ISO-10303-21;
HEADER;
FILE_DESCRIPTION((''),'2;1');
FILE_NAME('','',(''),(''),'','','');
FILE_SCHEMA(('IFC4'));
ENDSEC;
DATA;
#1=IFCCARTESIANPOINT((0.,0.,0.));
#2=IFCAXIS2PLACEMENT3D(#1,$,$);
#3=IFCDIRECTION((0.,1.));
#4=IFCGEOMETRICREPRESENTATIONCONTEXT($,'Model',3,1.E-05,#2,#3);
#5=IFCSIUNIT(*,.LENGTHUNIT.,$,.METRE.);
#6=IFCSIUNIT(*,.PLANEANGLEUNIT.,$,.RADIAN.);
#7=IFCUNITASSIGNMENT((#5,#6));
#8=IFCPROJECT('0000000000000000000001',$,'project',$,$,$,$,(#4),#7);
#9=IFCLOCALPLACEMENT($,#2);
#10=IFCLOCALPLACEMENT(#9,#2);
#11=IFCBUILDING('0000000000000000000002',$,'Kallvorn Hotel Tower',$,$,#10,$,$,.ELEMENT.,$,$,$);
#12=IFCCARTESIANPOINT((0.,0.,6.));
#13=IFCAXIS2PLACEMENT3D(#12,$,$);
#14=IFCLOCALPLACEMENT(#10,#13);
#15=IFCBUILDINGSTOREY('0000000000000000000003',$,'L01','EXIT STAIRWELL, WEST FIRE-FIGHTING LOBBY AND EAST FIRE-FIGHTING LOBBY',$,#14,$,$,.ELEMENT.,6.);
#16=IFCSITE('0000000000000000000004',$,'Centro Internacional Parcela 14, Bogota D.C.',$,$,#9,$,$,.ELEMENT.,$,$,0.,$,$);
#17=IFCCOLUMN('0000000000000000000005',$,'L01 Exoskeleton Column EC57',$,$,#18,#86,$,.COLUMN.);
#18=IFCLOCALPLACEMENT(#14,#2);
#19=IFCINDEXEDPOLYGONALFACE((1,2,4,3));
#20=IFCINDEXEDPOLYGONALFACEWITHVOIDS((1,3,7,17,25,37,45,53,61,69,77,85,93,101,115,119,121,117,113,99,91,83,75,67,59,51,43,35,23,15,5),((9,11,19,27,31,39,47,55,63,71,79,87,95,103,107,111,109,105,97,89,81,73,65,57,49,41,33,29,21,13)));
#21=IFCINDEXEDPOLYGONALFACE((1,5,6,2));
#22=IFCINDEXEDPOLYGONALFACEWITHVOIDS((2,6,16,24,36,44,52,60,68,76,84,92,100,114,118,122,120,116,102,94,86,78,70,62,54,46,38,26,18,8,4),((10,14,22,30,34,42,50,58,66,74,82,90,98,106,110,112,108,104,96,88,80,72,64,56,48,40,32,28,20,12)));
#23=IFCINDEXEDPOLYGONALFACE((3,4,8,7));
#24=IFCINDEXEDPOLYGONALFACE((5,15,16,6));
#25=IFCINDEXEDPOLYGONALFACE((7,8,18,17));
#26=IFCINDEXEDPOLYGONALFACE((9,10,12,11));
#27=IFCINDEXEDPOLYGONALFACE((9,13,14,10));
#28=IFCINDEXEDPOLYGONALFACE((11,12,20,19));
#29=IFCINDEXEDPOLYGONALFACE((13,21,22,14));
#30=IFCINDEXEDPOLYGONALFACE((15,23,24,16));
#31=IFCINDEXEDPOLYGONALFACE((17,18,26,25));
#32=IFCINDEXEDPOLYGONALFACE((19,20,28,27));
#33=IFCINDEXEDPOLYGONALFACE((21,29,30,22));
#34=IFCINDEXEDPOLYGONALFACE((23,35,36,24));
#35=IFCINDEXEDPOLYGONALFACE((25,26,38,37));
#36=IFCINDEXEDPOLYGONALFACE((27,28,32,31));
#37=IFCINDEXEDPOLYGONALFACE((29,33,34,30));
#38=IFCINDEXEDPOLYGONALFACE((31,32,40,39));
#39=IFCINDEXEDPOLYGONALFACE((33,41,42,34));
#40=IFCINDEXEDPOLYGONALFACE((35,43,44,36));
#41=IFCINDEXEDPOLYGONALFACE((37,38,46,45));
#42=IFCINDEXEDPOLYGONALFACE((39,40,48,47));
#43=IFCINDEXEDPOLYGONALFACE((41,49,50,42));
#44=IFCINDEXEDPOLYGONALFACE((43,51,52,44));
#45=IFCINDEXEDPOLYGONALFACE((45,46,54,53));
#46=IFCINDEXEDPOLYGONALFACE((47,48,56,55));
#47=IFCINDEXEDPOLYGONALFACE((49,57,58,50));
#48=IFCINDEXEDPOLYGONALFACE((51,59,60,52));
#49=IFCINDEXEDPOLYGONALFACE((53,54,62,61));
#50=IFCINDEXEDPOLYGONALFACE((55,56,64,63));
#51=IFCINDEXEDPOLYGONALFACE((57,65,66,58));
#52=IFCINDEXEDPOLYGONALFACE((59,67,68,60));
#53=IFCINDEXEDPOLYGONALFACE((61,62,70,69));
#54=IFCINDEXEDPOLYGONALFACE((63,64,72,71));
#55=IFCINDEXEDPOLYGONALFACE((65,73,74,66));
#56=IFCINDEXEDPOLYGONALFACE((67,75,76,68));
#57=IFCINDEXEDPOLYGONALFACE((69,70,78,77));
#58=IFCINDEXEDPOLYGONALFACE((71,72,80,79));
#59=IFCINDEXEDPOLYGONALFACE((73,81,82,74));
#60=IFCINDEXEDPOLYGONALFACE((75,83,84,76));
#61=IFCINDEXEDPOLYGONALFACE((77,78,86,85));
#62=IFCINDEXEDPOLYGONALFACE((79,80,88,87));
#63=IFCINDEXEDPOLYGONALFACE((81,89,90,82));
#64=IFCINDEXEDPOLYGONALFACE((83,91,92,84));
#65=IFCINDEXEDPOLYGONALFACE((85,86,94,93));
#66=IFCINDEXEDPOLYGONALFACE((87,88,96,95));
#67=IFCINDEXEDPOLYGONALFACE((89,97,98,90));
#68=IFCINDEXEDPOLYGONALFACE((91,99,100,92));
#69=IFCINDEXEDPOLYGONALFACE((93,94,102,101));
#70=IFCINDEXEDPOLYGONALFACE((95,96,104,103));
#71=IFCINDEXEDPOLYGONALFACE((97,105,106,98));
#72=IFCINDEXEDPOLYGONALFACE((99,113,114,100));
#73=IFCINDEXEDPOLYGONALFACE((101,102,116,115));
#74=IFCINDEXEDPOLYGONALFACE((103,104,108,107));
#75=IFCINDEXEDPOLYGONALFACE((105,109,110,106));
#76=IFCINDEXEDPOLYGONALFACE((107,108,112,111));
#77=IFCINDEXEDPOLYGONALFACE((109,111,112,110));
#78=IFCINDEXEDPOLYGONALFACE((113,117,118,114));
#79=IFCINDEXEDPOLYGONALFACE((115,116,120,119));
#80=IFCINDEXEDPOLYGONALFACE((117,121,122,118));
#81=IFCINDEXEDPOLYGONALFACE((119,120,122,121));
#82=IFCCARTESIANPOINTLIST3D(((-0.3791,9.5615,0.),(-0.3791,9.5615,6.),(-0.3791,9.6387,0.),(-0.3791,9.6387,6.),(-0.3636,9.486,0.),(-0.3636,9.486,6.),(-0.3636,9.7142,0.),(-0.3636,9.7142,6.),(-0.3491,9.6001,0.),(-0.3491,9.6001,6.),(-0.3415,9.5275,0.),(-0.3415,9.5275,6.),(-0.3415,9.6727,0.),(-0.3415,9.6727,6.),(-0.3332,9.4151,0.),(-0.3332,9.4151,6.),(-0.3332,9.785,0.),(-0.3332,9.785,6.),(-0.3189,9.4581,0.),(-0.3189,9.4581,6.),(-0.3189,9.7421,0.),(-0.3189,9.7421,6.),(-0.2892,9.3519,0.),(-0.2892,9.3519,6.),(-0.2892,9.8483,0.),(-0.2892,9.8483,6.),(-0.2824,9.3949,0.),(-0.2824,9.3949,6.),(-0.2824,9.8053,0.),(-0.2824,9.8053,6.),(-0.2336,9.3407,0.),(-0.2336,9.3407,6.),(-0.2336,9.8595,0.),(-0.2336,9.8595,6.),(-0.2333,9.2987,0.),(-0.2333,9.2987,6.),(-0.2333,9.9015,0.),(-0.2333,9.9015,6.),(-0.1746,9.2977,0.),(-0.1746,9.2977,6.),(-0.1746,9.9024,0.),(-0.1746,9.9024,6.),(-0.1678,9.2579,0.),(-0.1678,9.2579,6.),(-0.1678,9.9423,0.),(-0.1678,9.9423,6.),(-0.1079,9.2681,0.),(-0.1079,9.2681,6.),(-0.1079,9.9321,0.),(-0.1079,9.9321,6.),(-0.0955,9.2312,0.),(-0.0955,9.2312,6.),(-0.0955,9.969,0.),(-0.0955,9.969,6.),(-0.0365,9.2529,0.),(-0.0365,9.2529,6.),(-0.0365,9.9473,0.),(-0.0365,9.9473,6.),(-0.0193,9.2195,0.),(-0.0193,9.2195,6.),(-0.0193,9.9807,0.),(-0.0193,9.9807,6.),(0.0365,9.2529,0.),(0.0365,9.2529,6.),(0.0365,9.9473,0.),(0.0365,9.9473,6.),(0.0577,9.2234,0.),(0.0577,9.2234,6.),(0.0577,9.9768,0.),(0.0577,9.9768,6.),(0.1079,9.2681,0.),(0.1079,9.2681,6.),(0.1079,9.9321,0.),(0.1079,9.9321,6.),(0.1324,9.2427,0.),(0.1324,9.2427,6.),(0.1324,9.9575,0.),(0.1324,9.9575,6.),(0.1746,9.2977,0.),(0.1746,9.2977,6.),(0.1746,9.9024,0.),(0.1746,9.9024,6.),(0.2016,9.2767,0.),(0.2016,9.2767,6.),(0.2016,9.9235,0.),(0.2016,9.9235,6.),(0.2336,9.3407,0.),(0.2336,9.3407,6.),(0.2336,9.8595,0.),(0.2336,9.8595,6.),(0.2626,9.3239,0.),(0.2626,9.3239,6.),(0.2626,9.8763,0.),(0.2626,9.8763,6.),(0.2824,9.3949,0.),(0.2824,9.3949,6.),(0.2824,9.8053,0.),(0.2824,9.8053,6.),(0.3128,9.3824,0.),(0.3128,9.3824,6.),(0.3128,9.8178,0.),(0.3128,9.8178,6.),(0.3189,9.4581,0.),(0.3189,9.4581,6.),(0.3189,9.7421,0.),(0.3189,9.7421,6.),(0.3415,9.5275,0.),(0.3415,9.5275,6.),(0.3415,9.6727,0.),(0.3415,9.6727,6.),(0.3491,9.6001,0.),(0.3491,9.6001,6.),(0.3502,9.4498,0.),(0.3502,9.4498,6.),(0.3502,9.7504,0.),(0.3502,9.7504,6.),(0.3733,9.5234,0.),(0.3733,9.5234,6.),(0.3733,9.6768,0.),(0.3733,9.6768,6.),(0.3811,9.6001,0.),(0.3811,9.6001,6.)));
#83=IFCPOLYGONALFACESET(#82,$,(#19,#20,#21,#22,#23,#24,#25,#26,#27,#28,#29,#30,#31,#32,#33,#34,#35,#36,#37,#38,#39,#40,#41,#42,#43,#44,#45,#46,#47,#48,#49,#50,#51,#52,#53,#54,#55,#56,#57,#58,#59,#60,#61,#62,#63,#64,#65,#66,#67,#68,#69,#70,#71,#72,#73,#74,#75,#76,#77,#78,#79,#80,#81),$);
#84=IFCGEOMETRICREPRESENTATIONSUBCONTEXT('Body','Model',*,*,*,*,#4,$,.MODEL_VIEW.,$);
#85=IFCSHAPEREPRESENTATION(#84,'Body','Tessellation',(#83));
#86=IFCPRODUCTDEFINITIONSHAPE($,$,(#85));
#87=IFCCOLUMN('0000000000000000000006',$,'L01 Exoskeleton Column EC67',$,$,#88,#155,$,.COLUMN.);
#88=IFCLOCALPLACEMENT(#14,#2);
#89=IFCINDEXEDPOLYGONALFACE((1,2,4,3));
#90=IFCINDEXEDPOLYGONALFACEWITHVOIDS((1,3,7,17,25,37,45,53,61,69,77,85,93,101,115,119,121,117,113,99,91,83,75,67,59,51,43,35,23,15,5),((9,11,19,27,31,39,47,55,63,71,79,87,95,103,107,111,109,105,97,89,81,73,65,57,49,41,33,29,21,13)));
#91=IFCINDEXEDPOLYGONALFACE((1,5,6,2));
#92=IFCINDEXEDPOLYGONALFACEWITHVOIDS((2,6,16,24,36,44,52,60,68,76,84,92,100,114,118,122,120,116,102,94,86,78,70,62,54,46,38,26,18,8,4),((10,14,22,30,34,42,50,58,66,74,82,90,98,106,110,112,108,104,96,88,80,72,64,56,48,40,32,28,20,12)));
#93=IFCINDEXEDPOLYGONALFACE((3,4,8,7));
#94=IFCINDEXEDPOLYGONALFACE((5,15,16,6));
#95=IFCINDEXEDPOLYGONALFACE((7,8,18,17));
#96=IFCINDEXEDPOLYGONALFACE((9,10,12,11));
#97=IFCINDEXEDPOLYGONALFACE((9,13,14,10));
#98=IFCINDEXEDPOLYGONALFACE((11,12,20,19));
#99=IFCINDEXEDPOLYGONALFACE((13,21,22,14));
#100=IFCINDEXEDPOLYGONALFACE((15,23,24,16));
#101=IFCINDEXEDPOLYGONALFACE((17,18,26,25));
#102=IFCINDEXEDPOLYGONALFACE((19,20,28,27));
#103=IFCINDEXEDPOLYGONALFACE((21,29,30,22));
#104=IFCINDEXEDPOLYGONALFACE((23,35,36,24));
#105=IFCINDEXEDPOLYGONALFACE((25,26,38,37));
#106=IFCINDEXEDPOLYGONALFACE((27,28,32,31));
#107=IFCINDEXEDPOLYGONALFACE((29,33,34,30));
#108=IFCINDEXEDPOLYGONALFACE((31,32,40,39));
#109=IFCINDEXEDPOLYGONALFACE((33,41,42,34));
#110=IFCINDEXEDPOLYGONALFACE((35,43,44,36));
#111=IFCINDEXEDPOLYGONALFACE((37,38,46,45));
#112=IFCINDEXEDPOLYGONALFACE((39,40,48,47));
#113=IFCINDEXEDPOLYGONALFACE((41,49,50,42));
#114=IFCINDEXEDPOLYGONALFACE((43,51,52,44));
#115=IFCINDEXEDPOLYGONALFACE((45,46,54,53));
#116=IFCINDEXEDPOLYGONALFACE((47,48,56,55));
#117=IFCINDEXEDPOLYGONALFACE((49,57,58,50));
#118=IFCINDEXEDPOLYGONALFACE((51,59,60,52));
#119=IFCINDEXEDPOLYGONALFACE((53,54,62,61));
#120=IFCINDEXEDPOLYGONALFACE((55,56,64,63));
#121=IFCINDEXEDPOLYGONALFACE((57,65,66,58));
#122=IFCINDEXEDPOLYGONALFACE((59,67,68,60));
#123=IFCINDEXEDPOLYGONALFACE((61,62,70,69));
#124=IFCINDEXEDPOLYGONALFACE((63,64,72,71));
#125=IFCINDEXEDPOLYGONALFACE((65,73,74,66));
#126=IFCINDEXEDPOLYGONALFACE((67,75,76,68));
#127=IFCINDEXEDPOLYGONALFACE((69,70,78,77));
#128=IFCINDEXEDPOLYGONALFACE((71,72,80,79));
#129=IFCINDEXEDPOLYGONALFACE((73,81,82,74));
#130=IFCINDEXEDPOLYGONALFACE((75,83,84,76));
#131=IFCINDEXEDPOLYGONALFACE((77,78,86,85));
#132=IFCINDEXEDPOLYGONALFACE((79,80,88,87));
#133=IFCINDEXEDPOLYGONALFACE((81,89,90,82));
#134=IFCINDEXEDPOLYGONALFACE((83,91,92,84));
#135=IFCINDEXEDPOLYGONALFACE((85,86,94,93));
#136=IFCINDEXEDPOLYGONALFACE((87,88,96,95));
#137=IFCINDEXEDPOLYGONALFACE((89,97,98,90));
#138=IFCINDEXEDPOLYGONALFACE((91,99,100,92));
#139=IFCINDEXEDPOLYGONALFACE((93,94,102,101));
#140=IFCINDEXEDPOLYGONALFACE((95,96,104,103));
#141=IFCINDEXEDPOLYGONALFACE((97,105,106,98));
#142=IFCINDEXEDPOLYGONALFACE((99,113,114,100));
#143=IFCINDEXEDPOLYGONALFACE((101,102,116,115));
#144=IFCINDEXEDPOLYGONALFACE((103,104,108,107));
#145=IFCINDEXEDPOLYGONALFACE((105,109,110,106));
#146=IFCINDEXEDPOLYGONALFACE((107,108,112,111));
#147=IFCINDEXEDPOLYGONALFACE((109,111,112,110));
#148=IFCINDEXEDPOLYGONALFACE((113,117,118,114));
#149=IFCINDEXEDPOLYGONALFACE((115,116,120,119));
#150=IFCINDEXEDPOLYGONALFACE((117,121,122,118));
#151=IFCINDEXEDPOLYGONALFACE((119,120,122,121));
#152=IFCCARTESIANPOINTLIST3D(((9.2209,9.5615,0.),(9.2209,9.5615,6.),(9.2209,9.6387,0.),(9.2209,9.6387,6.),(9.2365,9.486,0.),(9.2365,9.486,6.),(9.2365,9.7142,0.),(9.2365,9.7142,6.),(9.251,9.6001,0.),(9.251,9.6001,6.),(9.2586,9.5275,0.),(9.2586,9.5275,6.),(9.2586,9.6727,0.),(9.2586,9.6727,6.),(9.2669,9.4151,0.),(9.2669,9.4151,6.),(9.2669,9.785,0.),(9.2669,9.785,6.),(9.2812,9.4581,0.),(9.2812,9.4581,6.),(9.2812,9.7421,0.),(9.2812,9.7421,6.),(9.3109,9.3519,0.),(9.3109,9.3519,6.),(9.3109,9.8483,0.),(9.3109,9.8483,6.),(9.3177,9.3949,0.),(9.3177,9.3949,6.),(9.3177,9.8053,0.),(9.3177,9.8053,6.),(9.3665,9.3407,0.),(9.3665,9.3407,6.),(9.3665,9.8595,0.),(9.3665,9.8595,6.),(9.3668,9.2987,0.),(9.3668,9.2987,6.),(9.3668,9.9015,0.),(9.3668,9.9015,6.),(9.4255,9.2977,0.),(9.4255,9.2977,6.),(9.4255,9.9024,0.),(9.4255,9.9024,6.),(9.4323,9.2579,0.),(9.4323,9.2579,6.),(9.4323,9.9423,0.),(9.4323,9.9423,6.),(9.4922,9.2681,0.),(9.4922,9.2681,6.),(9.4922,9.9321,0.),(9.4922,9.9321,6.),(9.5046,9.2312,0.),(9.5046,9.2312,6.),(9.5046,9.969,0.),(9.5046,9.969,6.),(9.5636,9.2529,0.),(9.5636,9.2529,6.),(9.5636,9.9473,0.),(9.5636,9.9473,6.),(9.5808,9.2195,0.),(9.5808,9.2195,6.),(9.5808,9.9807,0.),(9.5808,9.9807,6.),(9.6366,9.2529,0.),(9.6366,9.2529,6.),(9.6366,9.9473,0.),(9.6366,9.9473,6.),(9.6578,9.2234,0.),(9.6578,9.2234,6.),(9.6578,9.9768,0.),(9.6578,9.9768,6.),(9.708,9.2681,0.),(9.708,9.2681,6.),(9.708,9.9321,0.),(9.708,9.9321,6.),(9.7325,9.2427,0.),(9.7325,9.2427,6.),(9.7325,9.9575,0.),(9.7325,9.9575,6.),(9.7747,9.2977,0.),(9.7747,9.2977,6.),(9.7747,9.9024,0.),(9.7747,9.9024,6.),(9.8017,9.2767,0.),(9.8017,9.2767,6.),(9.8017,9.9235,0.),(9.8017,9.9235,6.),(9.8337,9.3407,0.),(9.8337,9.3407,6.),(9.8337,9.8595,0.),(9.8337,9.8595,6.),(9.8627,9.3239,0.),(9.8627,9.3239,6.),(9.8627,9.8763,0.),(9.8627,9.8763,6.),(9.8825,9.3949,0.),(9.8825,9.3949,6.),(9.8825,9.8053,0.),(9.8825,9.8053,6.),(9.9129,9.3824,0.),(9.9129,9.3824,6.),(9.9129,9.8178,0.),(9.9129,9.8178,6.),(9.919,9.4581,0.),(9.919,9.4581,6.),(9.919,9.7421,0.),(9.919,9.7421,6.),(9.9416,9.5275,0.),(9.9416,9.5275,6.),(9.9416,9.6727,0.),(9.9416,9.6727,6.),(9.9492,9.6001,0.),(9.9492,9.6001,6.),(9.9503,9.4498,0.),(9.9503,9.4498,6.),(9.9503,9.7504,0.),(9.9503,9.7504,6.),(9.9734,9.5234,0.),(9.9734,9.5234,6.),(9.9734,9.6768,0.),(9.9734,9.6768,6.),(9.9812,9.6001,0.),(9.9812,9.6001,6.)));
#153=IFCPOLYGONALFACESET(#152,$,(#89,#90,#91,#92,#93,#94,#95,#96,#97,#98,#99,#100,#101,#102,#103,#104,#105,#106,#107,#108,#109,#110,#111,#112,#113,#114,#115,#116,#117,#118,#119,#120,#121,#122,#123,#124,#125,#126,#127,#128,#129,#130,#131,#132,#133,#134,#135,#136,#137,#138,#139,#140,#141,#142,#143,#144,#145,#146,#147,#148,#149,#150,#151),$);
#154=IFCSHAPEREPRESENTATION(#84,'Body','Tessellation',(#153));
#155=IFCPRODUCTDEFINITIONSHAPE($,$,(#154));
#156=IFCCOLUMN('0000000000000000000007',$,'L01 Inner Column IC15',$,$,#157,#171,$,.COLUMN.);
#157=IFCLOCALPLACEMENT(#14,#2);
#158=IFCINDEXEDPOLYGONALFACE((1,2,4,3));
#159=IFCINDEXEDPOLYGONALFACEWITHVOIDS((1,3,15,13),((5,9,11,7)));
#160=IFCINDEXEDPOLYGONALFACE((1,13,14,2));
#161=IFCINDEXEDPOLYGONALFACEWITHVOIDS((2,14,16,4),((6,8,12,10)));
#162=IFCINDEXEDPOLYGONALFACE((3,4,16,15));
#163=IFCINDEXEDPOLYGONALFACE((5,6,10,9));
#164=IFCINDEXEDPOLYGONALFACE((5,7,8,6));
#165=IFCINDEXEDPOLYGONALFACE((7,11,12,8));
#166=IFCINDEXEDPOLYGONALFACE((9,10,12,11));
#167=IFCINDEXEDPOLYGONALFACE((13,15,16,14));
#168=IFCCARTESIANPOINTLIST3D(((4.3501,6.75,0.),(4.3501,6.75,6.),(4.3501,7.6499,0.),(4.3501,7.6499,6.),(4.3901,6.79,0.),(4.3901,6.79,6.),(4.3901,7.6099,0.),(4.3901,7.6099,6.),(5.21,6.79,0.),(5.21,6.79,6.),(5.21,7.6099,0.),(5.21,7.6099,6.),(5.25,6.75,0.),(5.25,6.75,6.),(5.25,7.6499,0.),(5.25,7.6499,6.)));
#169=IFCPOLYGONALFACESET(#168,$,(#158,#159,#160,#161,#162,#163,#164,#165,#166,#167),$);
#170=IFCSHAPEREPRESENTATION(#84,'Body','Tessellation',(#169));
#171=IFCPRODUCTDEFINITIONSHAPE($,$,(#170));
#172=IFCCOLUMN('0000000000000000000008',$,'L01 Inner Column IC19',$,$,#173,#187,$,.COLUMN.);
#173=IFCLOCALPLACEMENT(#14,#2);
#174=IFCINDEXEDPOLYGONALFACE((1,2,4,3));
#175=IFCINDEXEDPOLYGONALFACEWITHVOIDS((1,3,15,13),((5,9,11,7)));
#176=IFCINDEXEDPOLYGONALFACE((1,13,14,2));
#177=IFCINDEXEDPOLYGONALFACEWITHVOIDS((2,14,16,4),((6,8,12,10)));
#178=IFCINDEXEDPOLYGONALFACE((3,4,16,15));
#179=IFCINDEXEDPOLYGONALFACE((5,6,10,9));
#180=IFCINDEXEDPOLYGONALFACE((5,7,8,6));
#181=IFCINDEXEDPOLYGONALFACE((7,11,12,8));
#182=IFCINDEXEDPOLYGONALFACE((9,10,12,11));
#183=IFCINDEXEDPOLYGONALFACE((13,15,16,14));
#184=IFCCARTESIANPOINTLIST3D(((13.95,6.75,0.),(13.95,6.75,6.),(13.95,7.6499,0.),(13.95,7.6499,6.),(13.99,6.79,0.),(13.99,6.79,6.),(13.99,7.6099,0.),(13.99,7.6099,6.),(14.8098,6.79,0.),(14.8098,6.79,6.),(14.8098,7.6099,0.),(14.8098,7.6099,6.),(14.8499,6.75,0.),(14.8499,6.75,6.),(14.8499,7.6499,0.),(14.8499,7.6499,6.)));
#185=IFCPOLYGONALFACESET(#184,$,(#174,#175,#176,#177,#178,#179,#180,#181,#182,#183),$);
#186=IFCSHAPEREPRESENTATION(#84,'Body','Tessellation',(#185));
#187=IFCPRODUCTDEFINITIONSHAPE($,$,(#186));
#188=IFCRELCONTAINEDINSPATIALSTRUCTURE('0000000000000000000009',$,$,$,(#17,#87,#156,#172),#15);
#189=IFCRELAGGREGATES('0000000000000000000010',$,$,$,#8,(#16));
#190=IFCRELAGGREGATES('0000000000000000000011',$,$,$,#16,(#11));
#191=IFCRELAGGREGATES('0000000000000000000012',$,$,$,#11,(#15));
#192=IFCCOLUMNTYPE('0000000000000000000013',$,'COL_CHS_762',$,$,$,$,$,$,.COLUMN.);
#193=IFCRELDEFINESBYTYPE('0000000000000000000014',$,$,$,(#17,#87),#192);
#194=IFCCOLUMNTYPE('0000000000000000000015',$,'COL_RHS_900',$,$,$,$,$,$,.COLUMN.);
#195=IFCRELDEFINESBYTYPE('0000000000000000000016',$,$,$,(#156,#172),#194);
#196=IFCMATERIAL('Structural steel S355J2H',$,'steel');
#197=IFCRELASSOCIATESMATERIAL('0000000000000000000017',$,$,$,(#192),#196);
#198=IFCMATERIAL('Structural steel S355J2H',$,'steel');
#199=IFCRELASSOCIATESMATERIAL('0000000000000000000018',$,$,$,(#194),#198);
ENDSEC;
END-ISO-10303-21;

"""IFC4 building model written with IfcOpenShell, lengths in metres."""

from ifc_helpers import new_model, si_unit, direction, frame, origin, origin_2d, place, context, subcontext, project, spatial, hollow_rectangle, hollow_circle, extrude, material, material_profile, profile_set, type_object, element, save


model = new_model("IFC4")

# Units and contexts
model_context = context("Model", 3, precision=1e-05, world=origin(), true_north=direction((0.0, 1.0)))
body_context = subcontext(model_context, "Body", "Model", "MODEL_VIEW")
ifc_project = project(units=[si_unit("LENGTHUNIT", "METRE"), si_unit("PLANEANGLEUNIT", "RADIAN")], contexts=[model_context])

# Site, building, storey
site_placement = place(None, origin())
site = spatial("IfcSite", under=ifc_project, at=site_placement, Name="Centro Internacional Parcela 14, Bogota D.C.", CompositionType="ELEMENT", RefElevation=0.0)
building_placement = place(site_placement, origin())
building = spatial("IfcBuilding", under=site, at=building_placement, Name="Kallvorn Hotel Tower", CompositionType="ELEMENT")
storey_placement = place(building_placement, frame((0.0, 0.0, 6.0)))
storey = spatial("IfcBuildingStorey", under=building, at=storey_placement, Name="L01", Description="EXIT STAIRWELL, WEST FIRE-FIGHTING LOBBY AND EAST FIRE-FIGHTING LOBBY", CompositionType="ELEMENT", Elevation=6.0)

# Columns
ifc_material_1 = material(Name="Structural steel S355J2H", Category="steel")
ifc_material_profile_1 = material_profile(ifc_material_1, hollow_circle(Radius=0.3811, WallThickness=0.032, at=origin_2d()), Name="CHS 762x32")
ifc_profile_set_1 = profile_set([ifc_material_profile_1], Name="Structural steel S355J2H")
column_type_1 = type_object("IfcColumnType", Name="COL_CHS_762", PredefinedType="COLUMN", material=ifc_profile_set_1)
for number, where, z_axis, x_axis, name in (
    (1, (0.0, 9.6001, 0.0), (0.0, 0.0, 1.0), (1.0, 0.0, 0.0), "L01 Exoskeleton Column EC57"),
    (2, (9.6001, 9.6001, 0.0), (0.0, 0.0, 1.0), (1.0, 0.0, 0.0), "L01 Exoskeleton Column EC67"),
):
    element("IfcColumn", number, at=place(storey_placement, frame(where, z_axis=z_axis, x_axis=x_axis)), inside=storey, type_object=column_type_1, Name=name, PredefinedType="COLUMN", context=body_context, shape_type="SweptSolid", body=[
        extrude(hollow_circle(Radius=0.3811, WallThickness=0.032, at=origin_2d()), origin(), (0.0, 0.0, 1.0), 6.0),
    ])
ifc_material_2 = material(Name="Structural steel S355J2H", Category="steel")
ifc_material_profile_2 = material_profile(ifc_material_2, hollow_rectangle(XDim=0.8999, YDim=0.8999, WallThickness=0.04, at=origin_2d()), Name="RHS 900x900x40")
ifc_profile_set_2 = profile_set([ifc_material_profile_2], Name="Structural steel S355J2H")
column_type_2 = type_object("IfcColumnType", Name="COL_RHS_900", PredefinedType="COLUMN", material=ifc_profile_set_2)
for number, where, z_axis, x_axis, name in (
    (3, (4.8, 7.2, 0.0), (0.0, 0.0, 1.0), (1.0, 0.0, 0.0), "L01 Inner Column IC15"),
    (4, (14.3999, 7.2, 0.0), (0.0, 0.0, 1.0), (1.0, 0.0, 0.0), "L01 Inner Column IC19"),
):
    element("IfcColumn", number, at=place(storey_placement, frame(where, z_axis=z_axis, x_axis=x_axis)), inside=storey, type_object=column_type_2, Name=name, PredefinedType="COLUMN", context=body_context, shape_type="SweptSolid", body=[
        extrude(hollow_rectangle(XDim=0.8999, YDim=0.8999, WallThickness=0.04, at=origin_2d()), origin(), (0.0, 0.0, 1.0), 6.0),
    ])

save(model, "model.ifc")
